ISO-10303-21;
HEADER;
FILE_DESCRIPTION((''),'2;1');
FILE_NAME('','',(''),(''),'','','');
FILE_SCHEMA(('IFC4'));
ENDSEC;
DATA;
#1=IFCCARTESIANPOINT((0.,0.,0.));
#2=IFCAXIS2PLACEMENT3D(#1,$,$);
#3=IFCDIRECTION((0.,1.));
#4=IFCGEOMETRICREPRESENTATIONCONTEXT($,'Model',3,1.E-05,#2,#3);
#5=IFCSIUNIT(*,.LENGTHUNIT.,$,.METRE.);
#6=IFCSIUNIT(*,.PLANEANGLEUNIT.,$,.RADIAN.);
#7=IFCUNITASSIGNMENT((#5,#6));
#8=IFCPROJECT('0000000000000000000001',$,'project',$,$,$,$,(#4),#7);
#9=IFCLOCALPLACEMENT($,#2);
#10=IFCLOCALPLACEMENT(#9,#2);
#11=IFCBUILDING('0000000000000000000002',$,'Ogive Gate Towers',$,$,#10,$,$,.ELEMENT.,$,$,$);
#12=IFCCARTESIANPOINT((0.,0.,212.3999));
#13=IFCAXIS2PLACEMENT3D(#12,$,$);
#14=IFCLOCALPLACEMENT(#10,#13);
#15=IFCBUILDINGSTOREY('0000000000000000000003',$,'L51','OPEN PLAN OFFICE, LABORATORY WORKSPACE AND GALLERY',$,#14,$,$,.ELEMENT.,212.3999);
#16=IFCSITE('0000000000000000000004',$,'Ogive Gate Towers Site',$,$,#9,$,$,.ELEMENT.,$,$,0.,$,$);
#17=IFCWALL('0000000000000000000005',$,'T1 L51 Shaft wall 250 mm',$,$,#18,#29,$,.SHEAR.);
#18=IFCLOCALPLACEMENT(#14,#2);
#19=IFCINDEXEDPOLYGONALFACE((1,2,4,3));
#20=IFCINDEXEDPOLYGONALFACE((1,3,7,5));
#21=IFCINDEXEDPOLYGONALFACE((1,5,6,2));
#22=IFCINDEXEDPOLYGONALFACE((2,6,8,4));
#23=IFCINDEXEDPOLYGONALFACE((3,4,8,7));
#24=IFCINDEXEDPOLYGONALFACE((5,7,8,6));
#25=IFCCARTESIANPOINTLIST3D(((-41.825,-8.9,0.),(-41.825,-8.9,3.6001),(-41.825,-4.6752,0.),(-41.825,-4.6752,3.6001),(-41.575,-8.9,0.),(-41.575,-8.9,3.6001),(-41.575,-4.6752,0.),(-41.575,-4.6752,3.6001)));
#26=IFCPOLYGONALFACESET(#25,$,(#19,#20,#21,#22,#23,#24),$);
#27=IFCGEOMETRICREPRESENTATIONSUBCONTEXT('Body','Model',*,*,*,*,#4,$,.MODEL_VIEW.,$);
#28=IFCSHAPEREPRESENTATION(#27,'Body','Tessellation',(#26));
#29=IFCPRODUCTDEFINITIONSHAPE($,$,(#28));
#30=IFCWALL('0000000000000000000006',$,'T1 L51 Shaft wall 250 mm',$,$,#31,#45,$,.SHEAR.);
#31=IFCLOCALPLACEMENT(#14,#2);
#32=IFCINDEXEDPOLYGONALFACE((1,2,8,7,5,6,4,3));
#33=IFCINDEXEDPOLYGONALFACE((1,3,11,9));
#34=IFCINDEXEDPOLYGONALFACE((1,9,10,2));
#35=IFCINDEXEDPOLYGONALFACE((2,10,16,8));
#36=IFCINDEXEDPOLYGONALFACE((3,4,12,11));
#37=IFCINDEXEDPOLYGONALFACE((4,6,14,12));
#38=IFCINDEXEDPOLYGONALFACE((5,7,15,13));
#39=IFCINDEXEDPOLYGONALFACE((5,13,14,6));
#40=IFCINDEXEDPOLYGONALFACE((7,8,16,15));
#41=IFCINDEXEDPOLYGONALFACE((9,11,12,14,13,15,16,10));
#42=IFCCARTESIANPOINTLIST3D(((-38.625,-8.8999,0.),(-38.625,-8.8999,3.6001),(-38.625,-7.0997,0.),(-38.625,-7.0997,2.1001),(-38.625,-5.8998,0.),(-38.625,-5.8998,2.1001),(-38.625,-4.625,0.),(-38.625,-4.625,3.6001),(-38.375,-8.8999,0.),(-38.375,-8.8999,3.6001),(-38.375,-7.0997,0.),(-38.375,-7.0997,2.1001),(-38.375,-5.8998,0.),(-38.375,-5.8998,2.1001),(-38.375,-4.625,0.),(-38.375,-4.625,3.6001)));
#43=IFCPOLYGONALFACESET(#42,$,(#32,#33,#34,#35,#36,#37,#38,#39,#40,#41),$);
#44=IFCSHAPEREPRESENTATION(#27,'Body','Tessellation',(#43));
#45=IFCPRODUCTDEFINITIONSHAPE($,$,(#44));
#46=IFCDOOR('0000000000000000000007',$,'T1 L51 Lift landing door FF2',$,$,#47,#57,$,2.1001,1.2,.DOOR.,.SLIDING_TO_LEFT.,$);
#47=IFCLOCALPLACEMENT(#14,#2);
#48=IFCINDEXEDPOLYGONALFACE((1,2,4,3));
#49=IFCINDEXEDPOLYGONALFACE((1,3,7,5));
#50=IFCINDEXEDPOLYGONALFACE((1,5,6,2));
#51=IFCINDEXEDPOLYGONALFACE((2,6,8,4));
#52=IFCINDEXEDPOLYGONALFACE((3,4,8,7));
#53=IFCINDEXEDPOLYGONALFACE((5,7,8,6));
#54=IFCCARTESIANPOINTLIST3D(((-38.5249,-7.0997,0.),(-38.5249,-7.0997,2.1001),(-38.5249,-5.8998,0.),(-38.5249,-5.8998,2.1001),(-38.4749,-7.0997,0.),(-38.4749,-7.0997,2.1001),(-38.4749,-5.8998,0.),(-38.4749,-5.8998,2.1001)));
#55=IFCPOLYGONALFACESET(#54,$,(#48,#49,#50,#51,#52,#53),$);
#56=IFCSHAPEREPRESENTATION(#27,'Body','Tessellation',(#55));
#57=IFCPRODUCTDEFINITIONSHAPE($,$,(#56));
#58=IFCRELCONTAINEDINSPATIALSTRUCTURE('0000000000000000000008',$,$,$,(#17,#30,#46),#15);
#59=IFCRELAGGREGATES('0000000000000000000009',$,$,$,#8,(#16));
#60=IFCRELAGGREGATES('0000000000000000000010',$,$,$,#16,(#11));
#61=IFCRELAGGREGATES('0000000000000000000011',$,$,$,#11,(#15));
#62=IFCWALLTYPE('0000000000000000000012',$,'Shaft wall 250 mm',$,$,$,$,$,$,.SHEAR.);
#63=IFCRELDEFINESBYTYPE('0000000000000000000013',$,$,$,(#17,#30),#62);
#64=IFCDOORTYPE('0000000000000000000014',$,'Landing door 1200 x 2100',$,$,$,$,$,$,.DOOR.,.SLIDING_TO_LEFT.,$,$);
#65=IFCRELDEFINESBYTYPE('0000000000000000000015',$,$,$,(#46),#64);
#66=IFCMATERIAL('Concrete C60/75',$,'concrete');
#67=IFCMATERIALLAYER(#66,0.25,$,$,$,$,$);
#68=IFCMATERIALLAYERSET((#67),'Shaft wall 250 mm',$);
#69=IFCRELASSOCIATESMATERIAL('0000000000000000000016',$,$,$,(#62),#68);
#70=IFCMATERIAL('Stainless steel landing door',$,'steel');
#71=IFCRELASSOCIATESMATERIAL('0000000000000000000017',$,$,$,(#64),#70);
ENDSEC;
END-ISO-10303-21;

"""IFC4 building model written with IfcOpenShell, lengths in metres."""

from ifc_helpers import new_model, si_unit, direction, frame, frame_2d, origin, place, context, subcontext, project, spatial, rectangle, extrude, material, layer, layer_set, type_object, element, fill, save


model = new_model("IFC4")

# Units and contexts
model_context = context("Model", 3, precision=1e-05, world=origin(), true_north=direction((0.0, 1.0)))
body_context = subcontext(model_context, "Body", "Model", "MODEL_VIEW")
ifc_project = project(units=[si_unit("LENGTHUNIT", "METRE"), si_unit("PLANEANGLEUNIT", "RADIAN")], contexts=[model_context])

# Site, building, storey
site_placement = place(None, origin())
site = spatial("IfcSite", under=ifc_project, at=site_placement, Name="Ogive Gate Towers Site", CompositionType="ELEMENT", RefElevation=0.0)
building_placement = place(site_placement, origin())
building = spatial("IfcBuilding", under=site, at=building_placement, Name="Ogive Gate Towers", CompositionType="ELEMENT")
storey_placement = place(building_placement, frame((0.0, 0.0, 212.3999)))
storey = spatial("IfcBuildingStorey", under=building, at=storey_placement, Name="L51", Description="OPEN PLAN OFFICE, LABORATORY WORKSPACE AND GALLERY", CompositionType="ELEMENT", Elevation=212.3999)

# Shared definitions
ifc_material_1 = material(Name="Concrete C60/75", Category="concrete")

# Wall
ifc_layer_1 = layer(ifc_material_1, 0.25)
ifc_layer_set_1 = layer_set([ifc_layer_1], Name="Shaft wall 250 mm")
wall_type_1 = type_object("IfcWallType", Name="Shaft wall 250 mm", PredefinedType="SHEAR", material=ifc_layer_set_1)
wall_1_placement = place(storey_placement, frame((-41.7, -8.8999, 0.0), z_axis=(0.0, 0.0, 1.0), x_axis=(0.0, 1.0, 0.0)))
element("IfcWall", 1, at=wall_1_placement, inside=storey, type_object=wall_type_1, Name="T1 L51 Shaft wall 250 mm", PredefinedType="SHEAR", context=body_context, shape_type="SweptSolid", body=[
    extrude(rectangle(XDim=4.2249, YDim=0.25, at=frame_2d((2.1123, 0.0))), origin(), (0.0, 0.0, 1.0), 3.6001),
])

# Wall, opening, door
wall_2_placement = place(storey_placement, frame((-38.5, -8.8999, 0.0), z_axis=(0.0, 0.0, 1.0), x_axis=(0.0, 1.0, 0.0)))
wall_2 = element("IfcWall", 2, at=wall_2_placement, inside=storey, type_object=wall_type_1, Name="T1 L51 Shaft wall 250 mm", PredefinedType="SHEAR", context=body_context, shape_type="SweptSolid", body=[
    extrude(rectangle(XDim=4.2749, YDim=0.25, at=frame_2d((2.1375, 0.0))), origin(), (0.0, 0.0, 1.0), 3.6001),
])
opening_1_placement = place(wall_2_placement, frame((1.8, 0.0, 0.0)))
opening_1 = element("IfcOpeningElement", 3, at=opening_1_placement, cuts=wall_2, PredefinedType="OPENING", context=body_context, shape_type="SweptSolid", body=[
    extrude(rectangle(XDim=1.2, YDim=2.1001, at=frame_2d((0.6001, 1.05))), frame((0.0, 0.135, 0.0), z_axis=(0.0, -1.0, 0.0), x_axis=(1.0, 0.0, 0.0)), (0.0, 0.0, 1.0), 0.27),
])
ifc_material_2 = material(Name="Stainless steel landing door", Category="steel")
door_type_1 = type_object("IfcDoorType", Name="Landing door 1200 x 2100", OperationType="SLIDING_TO_LEFT", PredefinedType="DOOR", material=ifc_material_2)
door_1_placement = place(opening_1_placement, origin())
door_1 = element("IfcDoor", 4, at=door_1_placement, inside=storey, type_object=door_type_1, Name="T1 L51 Lift landing door FF2", OperationType="SLIDING_TO_LEFT", OverallHeight=2.1001, OverallWidth=1.2, PredefinedType="DOOR", context=body_context, shape_type="SweptSolid", body=[
    extrude(rectangle(XDim=1.2, YDim=2.1001, at=frame_2d((0.6001, 1.05))), frame((0.0, 0.0249, 0.0), z_axis=(0.0, -1.0, 0.0), x_axis=(1.0, 0.0, 0.0)), (0.0, 0.0, 1.0), 0.05),
])
fill(opening_1, door_1)

save(model, "model.ifc")
